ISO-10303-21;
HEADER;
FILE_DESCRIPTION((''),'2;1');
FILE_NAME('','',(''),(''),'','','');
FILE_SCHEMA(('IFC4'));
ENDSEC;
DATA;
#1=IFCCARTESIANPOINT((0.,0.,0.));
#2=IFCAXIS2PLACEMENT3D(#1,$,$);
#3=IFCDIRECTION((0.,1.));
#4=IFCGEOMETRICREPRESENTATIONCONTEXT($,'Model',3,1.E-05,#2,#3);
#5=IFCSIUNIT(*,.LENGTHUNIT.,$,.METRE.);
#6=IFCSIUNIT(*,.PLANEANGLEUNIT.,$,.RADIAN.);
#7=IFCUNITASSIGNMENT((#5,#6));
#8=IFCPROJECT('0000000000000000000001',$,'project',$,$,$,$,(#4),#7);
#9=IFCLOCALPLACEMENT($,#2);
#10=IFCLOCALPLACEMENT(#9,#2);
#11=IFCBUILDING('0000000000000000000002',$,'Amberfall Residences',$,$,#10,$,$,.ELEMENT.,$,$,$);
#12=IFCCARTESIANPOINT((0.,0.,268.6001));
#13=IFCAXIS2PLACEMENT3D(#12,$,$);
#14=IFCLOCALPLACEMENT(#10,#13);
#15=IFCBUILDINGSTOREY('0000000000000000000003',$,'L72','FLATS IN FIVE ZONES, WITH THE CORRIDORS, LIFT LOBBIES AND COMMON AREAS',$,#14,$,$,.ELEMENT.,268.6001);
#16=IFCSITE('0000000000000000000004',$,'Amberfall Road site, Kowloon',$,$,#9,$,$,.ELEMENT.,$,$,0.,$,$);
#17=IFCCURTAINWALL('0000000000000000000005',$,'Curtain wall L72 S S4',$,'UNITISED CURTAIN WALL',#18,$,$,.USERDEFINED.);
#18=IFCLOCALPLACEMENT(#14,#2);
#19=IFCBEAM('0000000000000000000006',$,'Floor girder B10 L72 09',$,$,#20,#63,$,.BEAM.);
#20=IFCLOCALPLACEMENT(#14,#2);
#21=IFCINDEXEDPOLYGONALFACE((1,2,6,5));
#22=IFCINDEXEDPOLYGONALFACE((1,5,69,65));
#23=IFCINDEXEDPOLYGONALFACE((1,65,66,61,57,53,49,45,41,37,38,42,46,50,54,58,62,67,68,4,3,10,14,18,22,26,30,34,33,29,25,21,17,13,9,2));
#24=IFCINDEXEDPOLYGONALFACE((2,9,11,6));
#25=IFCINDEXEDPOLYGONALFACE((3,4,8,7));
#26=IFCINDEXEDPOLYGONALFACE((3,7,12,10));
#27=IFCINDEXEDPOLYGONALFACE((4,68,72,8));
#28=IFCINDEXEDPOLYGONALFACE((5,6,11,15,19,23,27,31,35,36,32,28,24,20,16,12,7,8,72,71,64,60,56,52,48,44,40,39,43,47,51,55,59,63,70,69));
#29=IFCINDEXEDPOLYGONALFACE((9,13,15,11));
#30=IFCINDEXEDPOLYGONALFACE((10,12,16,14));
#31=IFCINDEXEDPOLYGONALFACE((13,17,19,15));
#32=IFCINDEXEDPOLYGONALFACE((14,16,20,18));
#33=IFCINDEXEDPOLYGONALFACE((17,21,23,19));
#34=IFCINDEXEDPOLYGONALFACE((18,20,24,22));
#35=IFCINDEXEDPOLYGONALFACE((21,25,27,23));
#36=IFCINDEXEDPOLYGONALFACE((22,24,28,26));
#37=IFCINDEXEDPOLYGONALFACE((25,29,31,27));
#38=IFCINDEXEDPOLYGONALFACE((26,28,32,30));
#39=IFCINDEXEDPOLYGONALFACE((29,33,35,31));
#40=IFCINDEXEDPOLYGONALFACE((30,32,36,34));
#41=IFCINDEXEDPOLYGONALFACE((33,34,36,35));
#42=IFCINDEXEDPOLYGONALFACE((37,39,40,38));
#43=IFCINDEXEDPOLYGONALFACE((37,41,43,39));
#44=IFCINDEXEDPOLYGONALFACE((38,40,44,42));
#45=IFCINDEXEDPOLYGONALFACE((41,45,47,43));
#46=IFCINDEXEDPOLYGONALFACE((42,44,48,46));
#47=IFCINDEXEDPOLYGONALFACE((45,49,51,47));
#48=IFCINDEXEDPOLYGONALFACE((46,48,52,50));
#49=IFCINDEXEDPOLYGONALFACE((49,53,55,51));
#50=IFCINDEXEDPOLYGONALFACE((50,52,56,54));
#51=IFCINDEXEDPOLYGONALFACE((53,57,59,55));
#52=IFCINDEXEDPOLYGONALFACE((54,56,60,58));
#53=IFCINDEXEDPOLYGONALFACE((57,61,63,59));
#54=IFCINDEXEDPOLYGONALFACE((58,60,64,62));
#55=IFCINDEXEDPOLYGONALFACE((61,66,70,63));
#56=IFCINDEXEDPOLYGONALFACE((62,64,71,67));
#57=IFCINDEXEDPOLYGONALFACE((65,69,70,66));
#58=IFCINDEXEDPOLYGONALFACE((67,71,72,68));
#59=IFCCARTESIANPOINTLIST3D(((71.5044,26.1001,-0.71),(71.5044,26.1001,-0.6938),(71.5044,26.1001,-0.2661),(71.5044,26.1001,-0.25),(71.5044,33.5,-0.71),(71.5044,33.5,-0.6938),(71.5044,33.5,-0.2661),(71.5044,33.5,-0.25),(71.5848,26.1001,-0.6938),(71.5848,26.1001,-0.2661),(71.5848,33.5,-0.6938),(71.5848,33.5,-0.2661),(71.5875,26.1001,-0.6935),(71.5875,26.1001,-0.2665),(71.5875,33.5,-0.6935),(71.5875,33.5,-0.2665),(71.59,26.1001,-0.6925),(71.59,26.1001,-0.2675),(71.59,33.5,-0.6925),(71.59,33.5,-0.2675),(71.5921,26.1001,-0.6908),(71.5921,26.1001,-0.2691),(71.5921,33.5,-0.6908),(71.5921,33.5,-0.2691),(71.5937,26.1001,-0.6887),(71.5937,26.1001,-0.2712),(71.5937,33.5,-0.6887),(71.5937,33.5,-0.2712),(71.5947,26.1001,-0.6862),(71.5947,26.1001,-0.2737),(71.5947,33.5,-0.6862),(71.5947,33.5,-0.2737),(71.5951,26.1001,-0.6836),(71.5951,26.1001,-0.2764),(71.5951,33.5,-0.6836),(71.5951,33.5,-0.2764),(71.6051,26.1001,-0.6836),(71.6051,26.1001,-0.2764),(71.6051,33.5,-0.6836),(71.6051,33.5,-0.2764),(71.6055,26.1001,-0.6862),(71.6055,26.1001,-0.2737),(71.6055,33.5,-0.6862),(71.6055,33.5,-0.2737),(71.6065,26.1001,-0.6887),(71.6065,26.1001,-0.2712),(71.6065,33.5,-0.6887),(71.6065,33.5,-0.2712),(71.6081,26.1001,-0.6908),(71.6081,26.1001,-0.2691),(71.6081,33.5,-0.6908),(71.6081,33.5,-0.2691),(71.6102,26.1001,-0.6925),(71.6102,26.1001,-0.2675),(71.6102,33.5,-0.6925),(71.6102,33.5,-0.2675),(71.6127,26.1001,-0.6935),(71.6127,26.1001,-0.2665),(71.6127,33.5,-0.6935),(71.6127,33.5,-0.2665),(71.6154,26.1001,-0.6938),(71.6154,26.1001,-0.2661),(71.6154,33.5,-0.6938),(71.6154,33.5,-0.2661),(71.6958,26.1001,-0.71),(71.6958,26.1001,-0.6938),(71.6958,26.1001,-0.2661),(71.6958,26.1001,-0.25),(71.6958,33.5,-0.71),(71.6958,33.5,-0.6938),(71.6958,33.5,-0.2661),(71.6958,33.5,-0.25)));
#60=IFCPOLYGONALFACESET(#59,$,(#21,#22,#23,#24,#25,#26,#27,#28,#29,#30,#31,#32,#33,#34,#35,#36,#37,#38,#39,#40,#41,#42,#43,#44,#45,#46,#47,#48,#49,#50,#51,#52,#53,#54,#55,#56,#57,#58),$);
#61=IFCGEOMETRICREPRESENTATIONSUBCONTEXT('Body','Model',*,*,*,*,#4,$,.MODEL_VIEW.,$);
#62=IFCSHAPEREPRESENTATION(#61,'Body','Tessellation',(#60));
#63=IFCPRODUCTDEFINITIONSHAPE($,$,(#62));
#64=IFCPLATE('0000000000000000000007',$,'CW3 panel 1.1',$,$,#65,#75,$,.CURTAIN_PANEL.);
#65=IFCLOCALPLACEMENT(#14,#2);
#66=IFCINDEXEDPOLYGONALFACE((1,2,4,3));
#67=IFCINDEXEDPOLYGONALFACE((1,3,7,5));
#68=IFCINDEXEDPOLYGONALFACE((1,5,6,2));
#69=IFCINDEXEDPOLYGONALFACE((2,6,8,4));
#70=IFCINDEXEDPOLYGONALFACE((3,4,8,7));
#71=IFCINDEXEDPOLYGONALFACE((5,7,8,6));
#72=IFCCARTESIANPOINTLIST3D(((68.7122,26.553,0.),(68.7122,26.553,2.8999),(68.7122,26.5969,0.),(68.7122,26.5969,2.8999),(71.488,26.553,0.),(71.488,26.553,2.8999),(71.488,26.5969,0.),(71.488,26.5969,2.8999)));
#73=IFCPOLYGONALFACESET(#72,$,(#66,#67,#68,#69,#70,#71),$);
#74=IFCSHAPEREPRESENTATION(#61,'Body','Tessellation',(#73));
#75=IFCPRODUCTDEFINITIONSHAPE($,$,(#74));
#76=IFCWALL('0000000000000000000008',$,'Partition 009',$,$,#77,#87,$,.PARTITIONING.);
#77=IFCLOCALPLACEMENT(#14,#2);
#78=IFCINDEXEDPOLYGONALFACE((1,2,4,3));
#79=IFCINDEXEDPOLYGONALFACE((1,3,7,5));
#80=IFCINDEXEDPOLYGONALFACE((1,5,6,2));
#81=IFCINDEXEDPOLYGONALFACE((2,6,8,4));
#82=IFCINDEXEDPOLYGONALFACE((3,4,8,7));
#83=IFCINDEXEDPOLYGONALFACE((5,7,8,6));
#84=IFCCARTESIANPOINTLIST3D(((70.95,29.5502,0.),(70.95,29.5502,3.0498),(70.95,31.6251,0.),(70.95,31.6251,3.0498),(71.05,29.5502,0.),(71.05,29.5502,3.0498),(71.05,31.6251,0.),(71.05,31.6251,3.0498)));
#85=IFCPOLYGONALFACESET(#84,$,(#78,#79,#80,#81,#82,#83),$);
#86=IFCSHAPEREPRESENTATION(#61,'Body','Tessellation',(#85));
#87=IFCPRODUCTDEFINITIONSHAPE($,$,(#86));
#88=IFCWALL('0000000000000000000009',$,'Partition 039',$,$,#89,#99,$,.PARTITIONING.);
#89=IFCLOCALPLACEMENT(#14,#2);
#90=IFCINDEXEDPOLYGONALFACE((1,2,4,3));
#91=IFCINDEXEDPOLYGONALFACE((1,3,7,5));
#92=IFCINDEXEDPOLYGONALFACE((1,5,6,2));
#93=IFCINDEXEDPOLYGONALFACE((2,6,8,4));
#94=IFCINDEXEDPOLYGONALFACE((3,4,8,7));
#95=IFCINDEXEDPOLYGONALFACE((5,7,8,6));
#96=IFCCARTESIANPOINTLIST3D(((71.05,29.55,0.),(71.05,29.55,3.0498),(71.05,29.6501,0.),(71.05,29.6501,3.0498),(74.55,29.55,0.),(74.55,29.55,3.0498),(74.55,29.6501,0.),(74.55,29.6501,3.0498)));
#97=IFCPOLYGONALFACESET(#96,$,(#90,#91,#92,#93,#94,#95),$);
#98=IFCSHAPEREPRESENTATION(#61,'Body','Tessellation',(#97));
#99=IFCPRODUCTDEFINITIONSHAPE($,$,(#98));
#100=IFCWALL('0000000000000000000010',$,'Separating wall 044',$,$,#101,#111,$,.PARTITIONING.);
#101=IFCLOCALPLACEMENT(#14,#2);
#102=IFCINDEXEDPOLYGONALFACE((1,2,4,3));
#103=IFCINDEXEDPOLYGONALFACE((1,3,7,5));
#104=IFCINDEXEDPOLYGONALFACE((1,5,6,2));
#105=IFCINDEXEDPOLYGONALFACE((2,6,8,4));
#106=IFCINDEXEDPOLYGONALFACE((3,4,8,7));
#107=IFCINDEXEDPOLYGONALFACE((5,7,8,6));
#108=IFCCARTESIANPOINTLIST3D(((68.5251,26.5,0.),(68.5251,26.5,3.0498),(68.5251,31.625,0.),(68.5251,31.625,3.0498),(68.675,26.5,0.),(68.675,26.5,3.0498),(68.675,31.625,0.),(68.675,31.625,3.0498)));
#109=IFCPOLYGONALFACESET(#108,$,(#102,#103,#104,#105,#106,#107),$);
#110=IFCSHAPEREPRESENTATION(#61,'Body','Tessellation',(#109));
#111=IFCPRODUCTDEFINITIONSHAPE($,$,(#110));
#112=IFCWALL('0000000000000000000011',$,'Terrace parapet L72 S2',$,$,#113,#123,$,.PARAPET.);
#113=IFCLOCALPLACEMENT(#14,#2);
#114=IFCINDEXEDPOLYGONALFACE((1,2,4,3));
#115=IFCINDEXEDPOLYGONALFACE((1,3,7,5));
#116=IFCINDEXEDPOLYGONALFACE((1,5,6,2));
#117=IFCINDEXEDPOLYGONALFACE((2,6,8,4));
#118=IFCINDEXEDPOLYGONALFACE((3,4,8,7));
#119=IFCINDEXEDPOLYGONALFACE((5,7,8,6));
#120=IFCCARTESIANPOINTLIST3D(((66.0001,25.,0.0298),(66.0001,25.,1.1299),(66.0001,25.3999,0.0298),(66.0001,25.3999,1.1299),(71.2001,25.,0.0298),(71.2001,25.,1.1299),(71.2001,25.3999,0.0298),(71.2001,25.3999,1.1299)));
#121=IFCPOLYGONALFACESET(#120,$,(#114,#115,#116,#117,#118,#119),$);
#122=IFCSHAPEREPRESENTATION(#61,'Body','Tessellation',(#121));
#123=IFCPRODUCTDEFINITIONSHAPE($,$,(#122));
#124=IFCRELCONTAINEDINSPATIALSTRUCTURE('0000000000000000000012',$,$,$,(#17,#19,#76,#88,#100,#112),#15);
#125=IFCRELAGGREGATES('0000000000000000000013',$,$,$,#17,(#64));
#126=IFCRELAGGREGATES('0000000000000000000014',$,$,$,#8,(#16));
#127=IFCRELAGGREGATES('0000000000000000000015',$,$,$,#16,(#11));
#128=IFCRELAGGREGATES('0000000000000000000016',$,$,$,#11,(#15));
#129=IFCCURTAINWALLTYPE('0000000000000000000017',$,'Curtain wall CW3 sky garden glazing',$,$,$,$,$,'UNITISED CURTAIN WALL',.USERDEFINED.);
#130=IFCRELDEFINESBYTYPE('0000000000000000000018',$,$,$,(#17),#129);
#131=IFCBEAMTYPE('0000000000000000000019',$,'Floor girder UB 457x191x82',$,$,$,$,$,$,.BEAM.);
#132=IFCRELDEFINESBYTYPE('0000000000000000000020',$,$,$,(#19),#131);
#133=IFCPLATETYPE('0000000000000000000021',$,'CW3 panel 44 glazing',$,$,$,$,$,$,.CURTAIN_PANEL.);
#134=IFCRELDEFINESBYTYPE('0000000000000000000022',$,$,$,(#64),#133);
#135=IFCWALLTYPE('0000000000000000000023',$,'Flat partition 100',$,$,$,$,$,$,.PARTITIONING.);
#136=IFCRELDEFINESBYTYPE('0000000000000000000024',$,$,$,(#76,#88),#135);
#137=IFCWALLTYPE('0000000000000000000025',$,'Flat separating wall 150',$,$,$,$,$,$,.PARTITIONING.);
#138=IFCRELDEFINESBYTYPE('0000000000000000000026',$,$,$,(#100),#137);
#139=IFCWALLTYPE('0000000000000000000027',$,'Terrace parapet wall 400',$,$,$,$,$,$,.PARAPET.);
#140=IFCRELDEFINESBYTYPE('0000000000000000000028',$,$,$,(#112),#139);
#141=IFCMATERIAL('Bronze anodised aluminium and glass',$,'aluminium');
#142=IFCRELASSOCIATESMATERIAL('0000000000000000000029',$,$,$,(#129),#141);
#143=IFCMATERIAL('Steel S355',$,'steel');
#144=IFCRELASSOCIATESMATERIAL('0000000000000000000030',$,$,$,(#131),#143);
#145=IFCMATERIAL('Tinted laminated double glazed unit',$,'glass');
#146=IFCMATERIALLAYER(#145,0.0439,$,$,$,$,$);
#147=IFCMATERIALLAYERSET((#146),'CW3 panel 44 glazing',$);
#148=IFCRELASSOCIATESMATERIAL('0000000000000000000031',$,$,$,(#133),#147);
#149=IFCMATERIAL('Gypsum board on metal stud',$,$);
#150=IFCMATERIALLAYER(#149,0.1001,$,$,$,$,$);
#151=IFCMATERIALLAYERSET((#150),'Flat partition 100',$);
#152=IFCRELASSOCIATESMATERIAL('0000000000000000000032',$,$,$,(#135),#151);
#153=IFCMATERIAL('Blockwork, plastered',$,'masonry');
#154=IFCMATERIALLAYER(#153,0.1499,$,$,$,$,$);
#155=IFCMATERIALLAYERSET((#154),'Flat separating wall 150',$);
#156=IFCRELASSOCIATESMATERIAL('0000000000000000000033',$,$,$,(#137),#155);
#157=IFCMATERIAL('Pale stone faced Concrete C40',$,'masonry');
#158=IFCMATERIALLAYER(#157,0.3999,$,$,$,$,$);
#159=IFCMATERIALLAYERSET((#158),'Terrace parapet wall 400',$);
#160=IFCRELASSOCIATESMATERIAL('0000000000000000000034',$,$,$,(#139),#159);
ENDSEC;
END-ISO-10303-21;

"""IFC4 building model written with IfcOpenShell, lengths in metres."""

from ifc_helpers import new_model, si_unit, direction, frame, frame_2d, origin, origin_2d, place, context, subcontext, project, spatial, rectangle, i_section, extrude, material, layer, layer_set, material_profile, profile_set, type_object, element, aggregate, save


model = new_model("IFC4")

# Units and contexts
model_context = context("Model", 3, precision=1e-05, world=origin(), true_north=direction((0.0, 1.0)))
body_context = subcontext(model_context, "Body", "Model", "MODEL_VIEW")
ifc_project = project(units=[si_unit("LENGTHUNIT", "METRE"), si_unit("PLANEANGLEUNIT", "RADIAN")], contexts=[model_context])

# Site, building, storey
site_placement = place(None, origin())
site = spatial("IfcSite", under=ifc_project, at=site_placement, Name="Amberfall Road site, Kowloon", CompositionType="ELEMENT", RefElevation=0.0)
building_placement = place(site_placement, origin())
building = spatial("IfcBuilding", under=site, at=building_placement, Name="Amberfall Residences", CompositionType="ELEMENT")
storey_placement = place(building_placement, frame((0.0, 0.0, 268.6001)))
storey = spatial("IfcBuildingStorey", under=building, at=storey_placement, Name="L72", Description="FLATS IN FIVE ZONES, WITH THE CORRIDORS, LIFT LOBBIES AND COMMON AREAS", CompositionType="ELEMENT", Elevation=268.6001)

# Curtain wall
ifc_material_1 = material(Name="Bronze anodised aluminium and glass", Category="aluminium")
curtain_wall_type = type_object("IfcCurtainWallType", Name="Curtain wall CW3 sky garden glazing", ElementType="UNITISED CURTAIN WALL", PredefinedType="USERDEFINED", material=ifc_material_1)
curtain_wall_1_placement = place(storey_placement, origin())
curtain_wall_1 = element("IfcCurtainWall", 1, at=curtain_wall_1_placement, inside=storey, type_object=curtain_wall_type, Name="Curtain wall L72 S S4", ObjectType="UNITISED CURTAIN WALL", PredefinedType="USERDEFINED")

# Beam
ifc_material_2 = material(Name="Steel S355", Category="steel")
ifc_material_profile_1 = material_profile(ifc_material_2, i_section(OverallWidth=0.1914, OverallDepth=0.46, WebThickness=0.01, FlangeThickness=0.0161, FilletRadius=0.0103, at=origin_2d()), Name="UB 457x191x82")
ifc_profile_set_1 = profile_set([ifc_material_profile_1], Name="Steel S355")
beam_type_1 = type_object("IfcBeamType", Name="Floor girder UB 457x191x82", PredefinedType="BEAM", material=ifc_profile_set_1)
beam_placement = place(storey_placement, frame((71.6001, 26.1001, -0.48), z_axis=(0.0, 1.0, 0.0), x_axis=(-1.0, 0.0, 0.0)))
element("IfcBeam", 2, at=beam_placement, inside=storey, type_object=beam_type_1, Name="Floor girder B10 L72 09", PredefinedType="BEAM", context=body_context, shape_type="SweptSolid", body=[
    extrude(i_section(OverallWidth=0.1914, OverallDepth=0.46, WebThickness=0.01, FlangeThickness=0.0161, FilletRadius=0.0103, at=origin_2d()), origin(), (0.0, 0.0, 1.0), 7.3999),
])

# Plate
ifc_material_3 = material(Name="Tinted laminated double glazed unit", Category="glass")
ifc_layer_1 = layer(ifc_material_3, 0.0439)
ifc_layer_set_1 = layer_set([ifc_layer_1], Name="CW3 panel 44 glazing")
plate_type = type_object("IfcPlateType", Name="CW3 panel 44 glazing", PredefinedType="CURTAIN_PANEL", material=ifc_layer_set_1)
plate_placement = place(storey_placement, frame((70.1001, 26.575, 0.0), z_axis=(0.0, 0.0, 1.0), x_axis=(1.0, 0.0, 0.0)))
plate = element("IfcPlate", 3, at=plate_placement, type_object=plate_type, Name="CW3 panel 1.1", PredefinedType="CURTAIN_PANEL", context=body_context, shape_type="SweptSolid", body=[
    extrude(rectangle(XDim=2.7759, YDim=0.0439, at=origin_2d()), origin(), (0.0, 0.0, 1.0), 2.8999),
])
aggregate(curtain_wall_1, [plate])

# Walls
ifc_material_4 = material(Name="Gypsum board on metal stud")
ifc_layer_2 = layer(ifc_material_4, 0.1001)
ifc_layer_set_2 = layer_set([ifc_layer_2], Name="Flat partition 100")
wall_type_1 = type_object("IfcWallType", Name="Flat partition 100", PredefinedType="PARTITIONING", material=ifc_layer_set_2)
wall_1_placement = place(storey_placement, frame((71.0, 29.55, 0.0), z_axis=(0.0, 0.0, 1.0), x_axis=(0.0, 1.0, 0.0)))
element("IfcWall", 4, at=wall_1_placement, inside=storey, type_object=wall_type_1, Name="Partition 009", PredefinedType="PARTITIONING", context=body_context, shape_type="SweptSolid", body=[
    extrude(rectangle(XDim=2.075, YDim=0.1001, at=frame_2d((1.0376, 0.0))), origin(), (0.0, 0.0, 1.0), 3.0498),
])
wall_2_placement = place(storey_placement, frame((71.05, 29.6001, 0.0), z_axis=(0.0, 0.0, 1.0), x_axis=(1.0, 0.0, 0.0)))
element("IfcWall", 5, at=wall_2_placement, inside=storey, type_object=wall_type_1, Name="Partition 039", PredefinedType="PARTITIONING", context=body_context, shape_type="SweptSolid", body=[
    extrude(rectangle(XDim=3.5, YDim=0.1001, at=frame_2d((1.75, 0.0))), origin(), (0.0, 0.0, 1.0), 3.0498),
])
ifc_material_5 = material(Name="Blockwork, plastered", Category="masonry")
ifc_layer_3 = layer(ifc_material_5, 0.1499)
ifc_layer_set_3 = layer_set([ifc_layer_3], Name="Flat separating wall 150")
wall_type_2 = type_object("IfcWallType", Name="Flat separating wall 150", PredefinedType="PARTITIONING", material=ifc_layer_set_3)
wall_3_placement = place(storey_placement, frame((68.6001, 26.5, 0.0), z_axis=(0.0, 0.0, 1.0), x_axis=(0.0, 1.0, 0.0)))
element("IfcWall", 6, at=wall_3_placement, inside=storey, type_object=wall_type_2, Name="Separating wall 044", PredefinedType="PARTITIONING", context=body_context, shape_type="SweptSolid", body=[
    extrude(rectangle(XDim=5.125, YDim=0.1499, at=frame_2d((2.5625, 0.0))), origin(), (0.0, 0.0, 1.0), 3.0498),
])

# Wall
ifc_material_6 = material(Name="Pale stone faced Concrete C40", Category="masonry")
ifc_layer_4 = layer(ifc_material_6, 0.3999)
ifc_layer_set_4 = layer_set([ifc_layer_4], Name="Terrace parapet wall 400")
wall_type_3 = type_object("IfcWallType", Name="Terrace parapet wall 400", PredefinedType="PARAPET", material=ifc_layer_set_4)
wall_4_placement = place(storey_placement, frame((66.0, 25.2, 0.0298), z_axis=(0.0, 0.0, 1.0), x_axis=(1.0, 0.0, 0.0)))
element("IfcWall", 7, at=wall_4_placement, inside=storey, type_object=wall_type_3, Name="Terrace parapet L72 S2", PredefinedType="PARAPET", context=body_context, shape_type="SweptSolid", body=[
    extrude(rectangle(XDim=5.2, YDim=0.3999, at=frame_2d((2.6001, 0.0))), origin(), (0.0, 0.0, 1.0), 1.1001),
])

save(model, "model.ifc")
